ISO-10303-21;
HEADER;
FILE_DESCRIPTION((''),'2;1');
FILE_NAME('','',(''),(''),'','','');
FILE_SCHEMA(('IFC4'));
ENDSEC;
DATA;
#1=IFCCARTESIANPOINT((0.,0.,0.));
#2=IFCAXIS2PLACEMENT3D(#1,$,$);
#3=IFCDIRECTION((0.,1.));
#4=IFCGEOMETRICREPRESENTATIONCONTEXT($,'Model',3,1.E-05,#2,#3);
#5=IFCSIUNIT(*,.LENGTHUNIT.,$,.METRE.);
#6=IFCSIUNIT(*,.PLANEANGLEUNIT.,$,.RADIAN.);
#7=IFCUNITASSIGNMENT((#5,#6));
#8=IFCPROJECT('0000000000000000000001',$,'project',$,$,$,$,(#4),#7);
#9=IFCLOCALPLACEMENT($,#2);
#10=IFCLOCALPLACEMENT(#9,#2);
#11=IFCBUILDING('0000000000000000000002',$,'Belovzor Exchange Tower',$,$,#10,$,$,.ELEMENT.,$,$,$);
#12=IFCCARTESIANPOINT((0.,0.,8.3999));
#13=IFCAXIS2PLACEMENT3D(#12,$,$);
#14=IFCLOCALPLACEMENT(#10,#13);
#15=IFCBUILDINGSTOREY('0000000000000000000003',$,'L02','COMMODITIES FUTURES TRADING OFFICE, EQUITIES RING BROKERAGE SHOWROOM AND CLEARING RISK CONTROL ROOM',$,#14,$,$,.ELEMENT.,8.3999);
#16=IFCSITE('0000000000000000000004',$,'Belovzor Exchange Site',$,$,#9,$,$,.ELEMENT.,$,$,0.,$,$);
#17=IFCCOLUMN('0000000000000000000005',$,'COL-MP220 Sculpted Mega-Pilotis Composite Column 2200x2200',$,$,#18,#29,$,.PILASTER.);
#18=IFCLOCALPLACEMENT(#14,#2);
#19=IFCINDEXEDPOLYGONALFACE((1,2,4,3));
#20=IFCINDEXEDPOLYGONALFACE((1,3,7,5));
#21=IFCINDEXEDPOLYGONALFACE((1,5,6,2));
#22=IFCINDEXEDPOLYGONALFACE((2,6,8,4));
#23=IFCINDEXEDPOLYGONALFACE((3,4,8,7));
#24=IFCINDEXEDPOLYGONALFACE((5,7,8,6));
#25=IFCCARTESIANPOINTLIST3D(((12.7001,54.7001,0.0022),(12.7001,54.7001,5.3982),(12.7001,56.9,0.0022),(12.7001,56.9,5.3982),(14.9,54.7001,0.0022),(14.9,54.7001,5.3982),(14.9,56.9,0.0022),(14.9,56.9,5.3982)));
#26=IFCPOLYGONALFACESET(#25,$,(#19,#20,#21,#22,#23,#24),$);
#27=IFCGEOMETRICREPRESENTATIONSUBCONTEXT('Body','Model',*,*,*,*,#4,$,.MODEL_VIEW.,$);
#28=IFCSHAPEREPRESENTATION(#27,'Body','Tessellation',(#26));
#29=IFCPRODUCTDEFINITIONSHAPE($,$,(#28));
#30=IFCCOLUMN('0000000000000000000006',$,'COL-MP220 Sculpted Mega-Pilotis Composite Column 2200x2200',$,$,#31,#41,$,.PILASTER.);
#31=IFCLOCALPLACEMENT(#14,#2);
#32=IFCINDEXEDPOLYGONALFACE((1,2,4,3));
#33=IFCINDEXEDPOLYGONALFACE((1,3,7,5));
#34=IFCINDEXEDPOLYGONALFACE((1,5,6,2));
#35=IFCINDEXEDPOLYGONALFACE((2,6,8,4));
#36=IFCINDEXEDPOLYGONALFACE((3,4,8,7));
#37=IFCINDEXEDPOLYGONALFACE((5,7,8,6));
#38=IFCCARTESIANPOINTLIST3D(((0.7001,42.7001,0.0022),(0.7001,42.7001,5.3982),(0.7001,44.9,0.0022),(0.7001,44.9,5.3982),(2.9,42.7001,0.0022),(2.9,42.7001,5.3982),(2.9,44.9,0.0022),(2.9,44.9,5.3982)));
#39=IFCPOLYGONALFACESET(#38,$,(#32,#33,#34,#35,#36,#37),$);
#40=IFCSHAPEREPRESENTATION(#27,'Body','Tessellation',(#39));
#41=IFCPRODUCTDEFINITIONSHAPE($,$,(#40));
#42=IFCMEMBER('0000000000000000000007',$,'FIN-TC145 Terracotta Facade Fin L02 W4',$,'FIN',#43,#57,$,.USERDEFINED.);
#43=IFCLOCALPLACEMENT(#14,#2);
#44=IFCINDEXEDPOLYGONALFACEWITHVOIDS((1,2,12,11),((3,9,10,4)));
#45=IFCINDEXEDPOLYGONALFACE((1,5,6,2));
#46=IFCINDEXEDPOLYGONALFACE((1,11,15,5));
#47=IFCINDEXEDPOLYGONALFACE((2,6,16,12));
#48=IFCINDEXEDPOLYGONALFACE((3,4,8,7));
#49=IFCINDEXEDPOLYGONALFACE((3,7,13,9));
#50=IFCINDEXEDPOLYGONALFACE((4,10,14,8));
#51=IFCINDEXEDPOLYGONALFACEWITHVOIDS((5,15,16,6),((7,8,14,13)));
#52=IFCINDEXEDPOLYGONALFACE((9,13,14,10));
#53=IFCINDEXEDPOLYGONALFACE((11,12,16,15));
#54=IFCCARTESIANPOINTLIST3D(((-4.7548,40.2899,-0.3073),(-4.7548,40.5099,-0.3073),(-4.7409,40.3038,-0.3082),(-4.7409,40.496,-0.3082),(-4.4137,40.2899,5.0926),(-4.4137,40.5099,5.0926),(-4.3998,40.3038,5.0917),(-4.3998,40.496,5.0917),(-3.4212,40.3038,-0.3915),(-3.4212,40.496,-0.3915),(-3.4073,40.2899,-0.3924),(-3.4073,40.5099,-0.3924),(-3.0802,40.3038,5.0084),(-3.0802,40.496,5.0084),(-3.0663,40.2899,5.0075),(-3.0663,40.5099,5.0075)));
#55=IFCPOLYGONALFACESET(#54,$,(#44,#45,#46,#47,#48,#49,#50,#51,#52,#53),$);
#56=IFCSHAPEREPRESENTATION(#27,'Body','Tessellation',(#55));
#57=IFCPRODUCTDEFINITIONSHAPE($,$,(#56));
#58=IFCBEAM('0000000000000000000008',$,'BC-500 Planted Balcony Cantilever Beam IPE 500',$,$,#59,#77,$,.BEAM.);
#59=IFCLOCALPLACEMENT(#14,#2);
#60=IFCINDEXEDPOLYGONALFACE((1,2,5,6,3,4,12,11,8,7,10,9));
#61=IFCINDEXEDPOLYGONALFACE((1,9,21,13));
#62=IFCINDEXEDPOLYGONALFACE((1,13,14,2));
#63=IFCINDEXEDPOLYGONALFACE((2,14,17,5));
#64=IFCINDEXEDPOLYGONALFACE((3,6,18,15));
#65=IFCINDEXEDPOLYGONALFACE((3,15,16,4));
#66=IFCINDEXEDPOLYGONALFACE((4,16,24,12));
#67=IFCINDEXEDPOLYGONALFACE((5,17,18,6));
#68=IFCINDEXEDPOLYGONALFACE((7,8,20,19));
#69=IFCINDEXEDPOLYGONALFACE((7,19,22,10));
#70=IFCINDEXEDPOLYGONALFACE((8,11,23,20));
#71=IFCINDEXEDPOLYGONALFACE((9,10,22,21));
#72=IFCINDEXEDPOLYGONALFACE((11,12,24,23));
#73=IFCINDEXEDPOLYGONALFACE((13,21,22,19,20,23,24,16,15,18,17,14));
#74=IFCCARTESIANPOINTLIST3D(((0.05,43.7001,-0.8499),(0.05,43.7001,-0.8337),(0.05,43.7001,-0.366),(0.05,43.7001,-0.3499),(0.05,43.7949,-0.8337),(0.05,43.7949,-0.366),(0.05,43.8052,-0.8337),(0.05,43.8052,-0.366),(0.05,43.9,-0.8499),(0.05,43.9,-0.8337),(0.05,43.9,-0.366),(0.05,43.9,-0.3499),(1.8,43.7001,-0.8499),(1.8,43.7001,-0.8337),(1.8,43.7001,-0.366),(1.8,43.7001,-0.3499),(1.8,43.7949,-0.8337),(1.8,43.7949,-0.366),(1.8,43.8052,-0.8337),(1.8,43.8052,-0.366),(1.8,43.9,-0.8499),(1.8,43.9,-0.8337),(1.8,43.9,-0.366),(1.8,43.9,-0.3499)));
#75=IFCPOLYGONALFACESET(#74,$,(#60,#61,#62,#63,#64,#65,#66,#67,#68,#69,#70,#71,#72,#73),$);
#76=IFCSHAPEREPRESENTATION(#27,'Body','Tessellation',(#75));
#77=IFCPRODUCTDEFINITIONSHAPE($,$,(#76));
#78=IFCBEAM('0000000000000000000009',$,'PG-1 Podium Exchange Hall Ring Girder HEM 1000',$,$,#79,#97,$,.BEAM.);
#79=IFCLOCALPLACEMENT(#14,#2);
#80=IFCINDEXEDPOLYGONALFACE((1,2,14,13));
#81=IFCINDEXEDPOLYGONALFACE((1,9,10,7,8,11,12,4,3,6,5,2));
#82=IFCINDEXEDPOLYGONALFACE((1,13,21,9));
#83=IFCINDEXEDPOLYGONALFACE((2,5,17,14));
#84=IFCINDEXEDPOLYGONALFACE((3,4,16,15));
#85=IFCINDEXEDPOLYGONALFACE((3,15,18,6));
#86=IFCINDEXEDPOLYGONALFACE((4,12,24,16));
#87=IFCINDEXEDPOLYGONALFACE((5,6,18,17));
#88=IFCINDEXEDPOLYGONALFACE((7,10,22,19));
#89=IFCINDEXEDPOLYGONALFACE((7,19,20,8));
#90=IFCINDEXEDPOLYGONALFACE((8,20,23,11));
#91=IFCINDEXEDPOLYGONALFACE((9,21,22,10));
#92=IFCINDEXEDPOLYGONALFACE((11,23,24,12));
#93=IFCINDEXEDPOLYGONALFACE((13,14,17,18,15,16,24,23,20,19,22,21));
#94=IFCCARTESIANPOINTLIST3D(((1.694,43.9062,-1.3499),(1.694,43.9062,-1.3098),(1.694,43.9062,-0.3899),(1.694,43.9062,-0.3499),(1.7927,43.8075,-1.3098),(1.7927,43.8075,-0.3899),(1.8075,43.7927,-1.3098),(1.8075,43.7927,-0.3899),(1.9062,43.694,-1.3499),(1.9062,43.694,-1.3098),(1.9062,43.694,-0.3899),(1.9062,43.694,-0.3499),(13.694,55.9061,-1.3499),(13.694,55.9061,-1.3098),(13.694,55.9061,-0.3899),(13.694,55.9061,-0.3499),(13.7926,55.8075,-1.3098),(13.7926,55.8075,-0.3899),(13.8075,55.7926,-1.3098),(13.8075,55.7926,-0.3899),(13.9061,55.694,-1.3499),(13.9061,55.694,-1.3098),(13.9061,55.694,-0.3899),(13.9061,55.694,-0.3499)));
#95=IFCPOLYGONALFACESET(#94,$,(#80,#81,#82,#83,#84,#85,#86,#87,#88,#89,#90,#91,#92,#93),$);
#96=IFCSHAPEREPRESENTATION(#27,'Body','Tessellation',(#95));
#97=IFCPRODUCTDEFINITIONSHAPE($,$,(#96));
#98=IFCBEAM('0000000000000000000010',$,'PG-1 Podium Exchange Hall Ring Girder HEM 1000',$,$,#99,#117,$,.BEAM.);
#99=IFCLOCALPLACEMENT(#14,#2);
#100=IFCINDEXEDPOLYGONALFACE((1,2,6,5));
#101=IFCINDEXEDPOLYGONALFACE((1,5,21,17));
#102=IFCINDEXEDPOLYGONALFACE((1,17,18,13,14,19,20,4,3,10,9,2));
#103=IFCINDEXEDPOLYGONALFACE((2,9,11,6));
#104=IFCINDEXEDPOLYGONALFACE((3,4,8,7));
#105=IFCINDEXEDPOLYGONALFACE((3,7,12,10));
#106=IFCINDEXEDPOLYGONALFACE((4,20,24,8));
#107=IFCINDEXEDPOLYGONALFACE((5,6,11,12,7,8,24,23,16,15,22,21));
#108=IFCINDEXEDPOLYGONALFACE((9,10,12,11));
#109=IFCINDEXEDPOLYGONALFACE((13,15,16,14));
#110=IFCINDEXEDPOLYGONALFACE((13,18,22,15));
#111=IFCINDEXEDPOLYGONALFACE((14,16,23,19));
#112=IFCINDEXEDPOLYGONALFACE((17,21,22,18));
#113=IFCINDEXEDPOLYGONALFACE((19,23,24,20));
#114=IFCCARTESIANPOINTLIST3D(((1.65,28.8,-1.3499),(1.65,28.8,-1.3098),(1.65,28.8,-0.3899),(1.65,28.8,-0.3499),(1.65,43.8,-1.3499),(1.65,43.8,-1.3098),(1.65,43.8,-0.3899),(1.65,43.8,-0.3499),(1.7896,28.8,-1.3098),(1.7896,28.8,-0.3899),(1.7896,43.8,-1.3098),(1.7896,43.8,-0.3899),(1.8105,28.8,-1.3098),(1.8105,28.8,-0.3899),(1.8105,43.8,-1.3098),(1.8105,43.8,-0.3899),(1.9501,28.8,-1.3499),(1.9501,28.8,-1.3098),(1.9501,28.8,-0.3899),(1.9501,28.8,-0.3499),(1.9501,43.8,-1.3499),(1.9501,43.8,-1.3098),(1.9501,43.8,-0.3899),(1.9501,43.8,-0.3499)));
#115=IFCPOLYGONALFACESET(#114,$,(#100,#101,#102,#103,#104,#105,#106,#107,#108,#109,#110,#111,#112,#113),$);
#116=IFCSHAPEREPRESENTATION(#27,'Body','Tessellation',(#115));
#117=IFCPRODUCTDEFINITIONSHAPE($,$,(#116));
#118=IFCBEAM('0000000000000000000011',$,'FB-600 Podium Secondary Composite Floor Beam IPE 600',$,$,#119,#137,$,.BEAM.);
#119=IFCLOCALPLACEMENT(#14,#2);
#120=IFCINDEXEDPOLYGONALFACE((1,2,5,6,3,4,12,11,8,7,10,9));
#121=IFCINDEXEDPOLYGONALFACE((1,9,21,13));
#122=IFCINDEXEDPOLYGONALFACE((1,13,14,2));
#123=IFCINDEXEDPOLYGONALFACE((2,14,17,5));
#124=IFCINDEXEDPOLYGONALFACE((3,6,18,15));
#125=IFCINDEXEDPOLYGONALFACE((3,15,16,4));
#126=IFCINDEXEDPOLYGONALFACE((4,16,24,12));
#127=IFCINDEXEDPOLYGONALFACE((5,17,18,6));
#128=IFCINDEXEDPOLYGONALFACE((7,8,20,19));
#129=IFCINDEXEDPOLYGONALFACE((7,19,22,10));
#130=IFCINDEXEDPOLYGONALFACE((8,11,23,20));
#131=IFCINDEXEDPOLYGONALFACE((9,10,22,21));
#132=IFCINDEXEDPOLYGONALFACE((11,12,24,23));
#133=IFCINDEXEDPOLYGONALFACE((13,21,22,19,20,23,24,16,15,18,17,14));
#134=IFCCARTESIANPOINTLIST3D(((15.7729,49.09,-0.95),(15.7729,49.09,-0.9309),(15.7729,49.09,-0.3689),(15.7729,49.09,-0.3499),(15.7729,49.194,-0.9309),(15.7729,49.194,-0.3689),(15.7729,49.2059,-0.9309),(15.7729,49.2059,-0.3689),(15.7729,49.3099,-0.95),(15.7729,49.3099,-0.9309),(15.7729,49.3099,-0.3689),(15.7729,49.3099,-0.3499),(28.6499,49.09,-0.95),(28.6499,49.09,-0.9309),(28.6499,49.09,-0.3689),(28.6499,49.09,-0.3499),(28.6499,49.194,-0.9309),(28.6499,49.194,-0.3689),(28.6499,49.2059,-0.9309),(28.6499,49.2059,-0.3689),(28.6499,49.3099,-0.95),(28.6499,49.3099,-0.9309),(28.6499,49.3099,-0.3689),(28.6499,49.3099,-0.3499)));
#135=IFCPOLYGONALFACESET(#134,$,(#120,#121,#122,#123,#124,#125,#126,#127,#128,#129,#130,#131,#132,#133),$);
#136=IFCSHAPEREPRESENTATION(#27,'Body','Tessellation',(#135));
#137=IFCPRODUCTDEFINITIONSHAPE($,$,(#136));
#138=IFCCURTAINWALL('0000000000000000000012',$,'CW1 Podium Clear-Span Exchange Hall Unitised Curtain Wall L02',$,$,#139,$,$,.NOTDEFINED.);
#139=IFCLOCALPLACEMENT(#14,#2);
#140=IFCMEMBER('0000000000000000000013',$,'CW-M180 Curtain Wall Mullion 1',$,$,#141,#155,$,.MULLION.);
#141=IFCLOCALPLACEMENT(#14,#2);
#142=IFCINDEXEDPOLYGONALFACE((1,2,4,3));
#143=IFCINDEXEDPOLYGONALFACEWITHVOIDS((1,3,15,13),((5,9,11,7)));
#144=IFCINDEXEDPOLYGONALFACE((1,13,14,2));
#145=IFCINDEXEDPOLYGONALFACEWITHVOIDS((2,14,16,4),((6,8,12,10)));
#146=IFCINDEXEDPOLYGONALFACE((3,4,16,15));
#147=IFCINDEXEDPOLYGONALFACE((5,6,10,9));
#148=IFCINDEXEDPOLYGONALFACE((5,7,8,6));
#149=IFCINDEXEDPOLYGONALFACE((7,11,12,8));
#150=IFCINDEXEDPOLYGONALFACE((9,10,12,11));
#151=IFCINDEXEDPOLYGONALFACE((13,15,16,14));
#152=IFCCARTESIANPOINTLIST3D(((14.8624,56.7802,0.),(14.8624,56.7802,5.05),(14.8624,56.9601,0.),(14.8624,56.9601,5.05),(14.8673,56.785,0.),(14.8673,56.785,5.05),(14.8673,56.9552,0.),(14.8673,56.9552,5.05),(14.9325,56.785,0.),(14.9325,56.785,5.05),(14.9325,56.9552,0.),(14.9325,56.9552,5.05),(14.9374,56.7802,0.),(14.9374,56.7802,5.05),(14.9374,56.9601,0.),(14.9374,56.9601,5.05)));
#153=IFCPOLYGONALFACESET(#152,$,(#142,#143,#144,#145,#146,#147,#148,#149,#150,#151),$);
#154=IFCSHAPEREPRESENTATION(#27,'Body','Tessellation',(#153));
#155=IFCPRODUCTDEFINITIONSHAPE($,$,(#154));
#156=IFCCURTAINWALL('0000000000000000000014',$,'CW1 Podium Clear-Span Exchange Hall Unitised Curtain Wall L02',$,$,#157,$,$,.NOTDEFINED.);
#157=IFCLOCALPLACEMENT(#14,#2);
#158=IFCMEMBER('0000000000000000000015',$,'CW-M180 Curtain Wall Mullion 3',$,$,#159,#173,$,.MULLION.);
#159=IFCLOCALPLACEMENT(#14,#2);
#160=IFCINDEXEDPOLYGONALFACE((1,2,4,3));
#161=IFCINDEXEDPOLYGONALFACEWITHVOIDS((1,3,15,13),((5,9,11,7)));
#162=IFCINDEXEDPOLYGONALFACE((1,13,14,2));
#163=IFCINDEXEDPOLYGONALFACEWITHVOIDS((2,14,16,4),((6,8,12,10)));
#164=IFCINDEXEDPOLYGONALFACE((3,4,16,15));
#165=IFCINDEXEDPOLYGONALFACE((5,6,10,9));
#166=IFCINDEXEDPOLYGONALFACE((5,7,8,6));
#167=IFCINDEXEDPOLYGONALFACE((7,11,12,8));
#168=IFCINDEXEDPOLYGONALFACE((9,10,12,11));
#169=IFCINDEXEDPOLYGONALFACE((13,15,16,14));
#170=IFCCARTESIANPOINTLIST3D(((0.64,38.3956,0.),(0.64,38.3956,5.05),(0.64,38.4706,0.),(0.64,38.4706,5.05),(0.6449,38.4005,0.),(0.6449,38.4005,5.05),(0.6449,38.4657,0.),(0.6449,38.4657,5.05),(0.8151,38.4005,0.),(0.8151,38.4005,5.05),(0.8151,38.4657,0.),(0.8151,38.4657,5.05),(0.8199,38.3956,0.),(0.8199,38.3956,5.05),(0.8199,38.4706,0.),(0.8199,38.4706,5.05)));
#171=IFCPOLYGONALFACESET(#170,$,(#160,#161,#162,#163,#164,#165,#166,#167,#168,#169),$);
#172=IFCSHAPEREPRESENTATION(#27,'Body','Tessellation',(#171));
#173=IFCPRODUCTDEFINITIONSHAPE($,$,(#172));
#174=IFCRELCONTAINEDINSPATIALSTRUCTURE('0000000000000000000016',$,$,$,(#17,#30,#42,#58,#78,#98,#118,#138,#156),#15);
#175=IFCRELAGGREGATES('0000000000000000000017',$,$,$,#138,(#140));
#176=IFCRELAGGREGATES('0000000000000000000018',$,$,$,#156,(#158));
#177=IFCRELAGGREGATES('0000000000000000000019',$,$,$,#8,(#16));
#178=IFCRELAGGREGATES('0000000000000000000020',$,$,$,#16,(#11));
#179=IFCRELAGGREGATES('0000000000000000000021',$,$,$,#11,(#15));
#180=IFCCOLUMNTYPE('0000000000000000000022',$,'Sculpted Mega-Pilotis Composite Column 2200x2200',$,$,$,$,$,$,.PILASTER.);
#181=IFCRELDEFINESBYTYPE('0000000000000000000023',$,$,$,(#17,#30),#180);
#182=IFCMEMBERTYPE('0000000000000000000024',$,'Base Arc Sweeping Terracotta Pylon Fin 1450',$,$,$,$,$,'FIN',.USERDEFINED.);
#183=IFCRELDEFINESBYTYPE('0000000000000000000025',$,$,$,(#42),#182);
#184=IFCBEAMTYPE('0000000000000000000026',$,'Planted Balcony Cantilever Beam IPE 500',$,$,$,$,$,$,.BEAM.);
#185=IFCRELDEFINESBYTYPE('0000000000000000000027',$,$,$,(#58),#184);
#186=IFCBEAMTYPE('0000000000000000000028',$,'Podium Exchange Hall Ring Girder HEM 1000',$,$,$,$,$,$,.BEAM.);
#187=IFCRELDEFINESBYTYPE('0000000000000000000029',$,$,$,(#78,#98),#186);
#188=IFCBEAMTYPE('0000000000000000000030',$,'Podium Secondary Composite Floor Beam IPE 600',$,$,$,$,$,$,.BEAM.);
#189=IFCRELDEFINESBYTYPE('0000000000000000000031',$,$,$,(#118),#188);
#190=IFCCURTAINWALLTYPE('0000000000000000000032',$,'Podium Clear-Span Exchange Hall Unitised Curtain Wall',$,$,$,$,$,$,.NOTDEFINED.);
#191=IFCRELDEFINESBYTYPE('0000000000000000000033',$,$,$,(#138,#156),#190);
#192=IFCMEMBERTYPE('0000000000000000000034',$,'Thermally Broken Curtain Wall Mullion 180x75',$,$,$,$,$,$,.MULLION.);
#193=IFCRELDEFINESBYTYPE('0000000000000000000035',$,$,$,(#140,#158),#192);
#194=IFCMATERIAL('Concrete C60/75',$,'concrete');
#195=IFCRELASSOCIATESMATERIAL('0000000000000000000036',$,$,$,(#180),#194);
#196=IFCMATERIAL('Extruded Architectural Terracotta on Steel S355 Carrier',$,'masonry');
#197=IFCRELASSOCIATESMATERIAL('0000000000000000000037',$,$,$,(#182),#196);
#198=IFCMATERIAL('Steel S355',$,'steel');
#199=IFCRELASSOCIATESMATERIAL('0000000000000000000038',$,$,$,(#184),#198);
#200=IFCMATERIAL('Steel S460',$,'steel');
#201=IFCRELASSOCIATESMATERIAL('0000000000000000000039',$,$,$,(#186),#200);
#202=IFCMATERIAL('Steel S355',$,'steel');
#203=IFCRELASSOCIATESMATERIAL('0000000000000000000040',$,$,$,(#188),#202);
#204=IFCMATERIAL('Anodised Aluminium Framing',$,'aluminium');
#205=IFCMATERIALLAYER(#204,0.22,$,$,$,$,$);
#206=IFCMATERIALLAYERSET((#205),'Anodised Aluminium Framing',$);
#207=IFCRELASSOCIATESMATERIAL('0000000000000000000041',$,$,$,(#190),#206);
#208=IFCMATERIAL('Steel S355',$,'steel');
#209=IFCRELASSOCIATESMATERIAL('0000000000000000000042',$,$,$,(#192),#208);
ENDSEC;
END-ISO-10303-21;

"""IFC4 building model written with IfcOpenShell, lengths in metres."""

from ifc_helpers import new_model, si_unit, direction, frame, origin, origin_2d, place, context, subcontext, project, spatial, rectangle, hollow_rectangle, i_section, extrude, material, layer, layer_set, material_profile, profile_set, type_object, element, aggregate, save


model = new_model("IFC4")

# Units and contexts
model_context = context("Model", 3, precision=1e-05, world=origin(), true_north=direction((0.0, 1.0)))
body_context = subcontext(model_context, "Body", "Model", "MODEL_VIEW")
ifc_project = project(units=[si_unit("LENGTHUNIT", "METRE"), si_unit("PLANEANGLEUNIT", "RADIAN")], contexts=[model_context])

# Site, building, storey
site_placement = place(None, origin())
site = spatial("IfcSite", under=ifc_project, at=site_placement, Name="Belovzor Exchange Site", CompositionType="ELEMENT", RefElevation=0.0)
building_placement = place(site_placement, origin())
building = spatial("IfcBuilding", under=site, at=building_placement, Name="Belovzor Exchange Tower", CompositionType="ELEMENT")
storey_placement = place(building_placement, frame((0.0, 0.0, 8.3999)))
storey = spatial("IfcBuildingStorey", under=building, at=storey_placement, Name="L02", Description="COMMODITIES FUTURES TRADING OFFICE, EQUITIES RING BROKERAGE SHOWROOM AND CLEARING RISK CONTROL ROOM", CompositionType="ELEMENT", Elevation=8.3999)

# Columns
ifc_material_1 = material(Name="Concrete C60/75", Category="concrete")
ifc_material_profile_1 = material_profile(ifc_material_1, rectangle(XDim=2.2, YDim=2.2, at=origin_2d()))
ifc_profile_set_1 = profile_set([ifc_material_profile_1], Name="Concrete C60/75")
column_type = type_object("IfcColumnType", Name="Sculpted Mega-Pilotis Composite Column 2200x2200", PredefinedType="PILASTER", material=ifc_profile_set_1)
for number, where, z_axis, x_axis, name in (
    (1, (13.8, 55.8, 0.0022), (0.0, 0.0, 1.0), (1.0, 0.0, 0.0), "COL-MP220 Sculpted Mega-Pilotis Composite Column 2200x2200"),
    (2, (1.8, 43.8, 0.0022), (0.0, 0.0, 1.0), (1.0, 0.0, 0.0), "COL-MP220 Sculpted Mega-Pilotis Composite Column 2200x2200"),
):
    element("IfcColumn", number, at=place(storey_placement, frame(where, z_axis=z_axis, x_axis=x_axis)), inside=storey, type_object=column_type, Name=name, PredefinedType="PILASTER", context=body_context, shape_type="SweptSolid", body=[
        extrude(rectangle(XDim=2.2, YDim=2.2, at=origin_2d()), origin(), (0.0, 0.0, 1.0), 5.396),
    ])

# Member
ifc_material_2 = material(Name="Extruded Architectural Terracotta on Steel S355 Carrier", Category="masonry")
ifc_material_profile_2 = material_profile(ifc_material_2, hollow_rectangle(XDim=0.22, YDim=1.3501, WallThickness=0.0139, at=origin_2d()))
ifc_profile_set_2 = profile_set([ifc_material_profile_2], Name="Extruded Architectural Terracotta on Steel S355 Carrier")
member_type_1 = type_object("IfcMemberType", Name="Base Arc Sweeping Terracotta Pylon Fin 1450", ElementType="FIN", PredefinedType="USERDEFINED", material=ifc_profile_set_2)
member_1_placement = place(storey_placement, frame((-4.0811, 40.3999, -0.3499), z_axis=(0.063036, 0.0, 0.998011), x_axis=(0.0, 1.0, 0.0)))
element("IfcMember", 3, at=member_1_placement, inside=storey, type_object=member_type_1, Name="FIN-TC145 Terracotta Facade Fin L02 W4", ObjectType="FIN", PredefinedType="USERDEFINED", context=body_context, shape_type="SweptSolid", body=[
    extrude(hollow_rectangle(XDim=0.22, YDim=1.3501, WallThickness=0.0139, at=origin_2d()), origin(), (0.0, 0.0, 1.0), 5.4106),
])

# Beams
ifc_material_3 = material(Name="Steel S355", Category="steel")
ifc_material_profile_3 = material_profile(ifc_material_3, i_section(OverallWidth=0.2, OverallDepth=0.5, WebThickness=0.0103, FlangeThickness=0.0161, at=origin_2d()))
ifc_profile_set_3 = profile_set([ifc_material_profile_3], Name="Steel S355")
beam_type_1 = type_object("IfcBeamType", Name="Planted Balcony Cantilever Beam IPE 500", PredefinedType="BEAM", material=ifc_profile_set_3)
beam_1_placement = place(storey_placement, frame((1.8, 43.8, -0.5999), z_axis=(-1.0, 0.0, 0.0), x_axis=(0.0, -1.0, 0.0)))
element("IfcBeam", 4, at=beam_1_placement, inside=storey, type_object=beam_type_1, Name="BC-500 Planted Balcony Cantilever Beam IPE 500", PredefinedType="BEAM", context=body_context, shape_type="SweptSolid", body=[
    extrude(i_section(OverallWidth=0.2, OverallDepth=0.5, WebThickness=0.0103, FlangeThickness=0.0161, at=origin_2d()), origin(), (0.0, 0.0, 1.0), 1.75),
])
ifc_material_4 = material(Name="Steel S460", Category="steel")
ifc_material_profile_4 = material_profile(ifc_material_4, i_section(OverallWidth=0.3, OverallDepth=1.0, WebThickness=0.021, FlangeThickness=0.04, at=origin_2d()))
ifc_profile_set_4 = profile_set([ifc_material_profile_4], Name="Steel S460")
beam_type_2 = type_object("IfcBeamType", Name="Podium Exchange Hall Ring Girder HEM 1000", PredefinedType="BEAM", material=ifc_profile_set_4)
beam_2_placement = place(storey_placement, frame((13.8, 55.8, -0.8499), z_axis=(-0.707107, -0.707107, 0.0), x_axis=(0.707107, -0.707107, 0.0)))
element("IfcBeam", 5, at=beam_2_placement, inside=storey, type_object=beam_type_2, Name="PG-1 Podium Exchange Hall Ring Girder HEM 1000", PredefinedType="BEAM", context=body_context, shape_type="SweptSolid", body=[
    extrude(i_section(OverallWidth=0.3, OverallDepth=1.0, WebThickness=0.021, FlangeThickness=0.04, at=origin_2d()), origin(), (0.0, 0.0, 1.0), 16.9705),
])
beam_3_placement = place(storey_placement, frame((1.8, 43.8, -0.8499), z_axis=(0.0, -1.0, 0.0), x_axis=(1.0, 0.0, 0.0)))
element("IfcBeam", 6, at=beam_3_placement, inside=storey, type_object=beam_type_2, Name="PG-1 Podium Exchange Hall Ring Girder HEM 1000", PredefinedType="BEAM", context=body_context, shape_type="SweptSolid", body=[
    extrude(i_section(OverallWidth=0.3, OverallDepth=1.0, WebThickness=0.021, FlangeThickness=0.04, at=origin_2d()), origin(), (0.0, 0.0, 1.0), 15.0),
])
ifc_material_5 = material(Name="Steel S355", Category="steel")
ifc_material_profile_5 = material_profile(ifc_material_5, i_section(OverallWidth=0.22, OverallDepth=0.6001, WebThickness=0.012, FlangeThickness=0.019, at=origin_2d()))
ifc_profile_set_5 = profile_set([ifc_material_profile_5], Name="Steel S355")
beam_type_3 = type_object("IfcBeamType", Name="Podium Secondary Composite Floor Beam IPE 600", PredefinedType="BEAM", material=ifc_profile_set_5)
beam_4_placement = place(storey_placement, frame((15.7729, 49.2, -0.6499), z_axis=(1.0, 0.0, 0.0), x_axis=(0.0, 1.0, 0.0)))
element("IfcBeam", 7, at=beam_4_placement, inside=storey, type_object=beam_type_3, Name="FB-600 Podium Secondary Composite Floor Beam IPE 600", PredefinedType="BEAM", context=body_context, shape_type="SweptSolid", body=[
    extrude(i_section(OverallWidth=0.22, OverallDepth=0.6001, WebThickness=0.012, FlangeThickness=0.019, at=origin_2d()), origin(), (0.0, 0.0, 1.0), 12.877),
])

# Curtain wall, member
ifc_material_6 = material(Name="Anodised Aluminium Framing", Category="aluminium")
ifc_layer_1 = layer(ifc_material_6, 0.22)
ifc_layer_set_1 = layer_set([ifc_layer_1], Name="Anodised Aluminium Framing")
curtain_wall_type = type_object("IfcCurtainWallType", Name="Podium Clear-Span Exchange Hall Unitised Curtain Wall", PredefinedType="NOTDEFINED", material=ifc_layer_set_1)
curtain_wall_1_placement = place(storey_placement, origin())
curtain_wall_1 = element("IfcCurtainWall", 8, at=curtain_wall_1_placement, inside=storey, type_object=curtain_wall_type, Name="CW1 Podium Clear-Span Exchange Hall Unitised Curtain Wall L02", PredefinedType="NOTDEFINED")
ifc_material_7 = material(Name="Steel S355", Category="steel")
ifc_material_profile_6 = material_profile(ifc_material_7, hollow_rectangle(XDim=0.075, YDim=0.1799, WallThickness=0.0049, at=origin_2d()))
ifc_profile_set_6 = profile_set([ifc_material_profile_6], Name="Steel S355")
member_type_2 = type_object("IfcMemberType", Name="Thermally Broken Curtain Wall Mullion 180x75", PredefinedType="MULLION", material=ifc_profile_set_6)
member_2_placement = place(storey_placement, frame((14.8999, 56.8701, 0.0), z_axis=(0.0, 0.0, 1.0), x_axis=(1.0, 0.0, 0.0)))
member_2 = element("IfcMember", 9, at=member_2_placement, type_object=member_type_2, Name="CW-M180 Curtain Wall Mullion 1", PredefinedType="MULLION", context=body_context, shape_type="SweptSolid", body=[
    extrude(hollow_rectangle(XDim=0.075, YDim=0.1799, WallThickness=0.0049, at=origin_2d()), origin(), (0.0, 0.0, 1.0), 5.05),
])

# Curtain wall, member
curtain_wall_2_placement = place(storey_placement, origin())
curtain_wall_2 = element("IfcCurtainWall", 10, at=curtain_wall_2_placement, inside=storey, type_object=curtain_wall_type, Name="CW1 Podium Clear-Span Exchange Hall Unitised Curtain Wall L02", PredefinedType="NOTDEFINED")
member_3_placement = place(storey_placement, frame((0.73, 38.4331, 0.0), z_axis=(0.0, 0.0, 1.0), x_axis=(0.0, 1.0, 0.0)))
member_3 = element("IfcMember", 11, at=member_3_placement, type_object=member_type_2, Name="CW-M180 Curtain Wall Mullion 3", PredefinedType="MULLION", context=body_context, shape_type="SweptSolid", body=[
    extrude(hollow_rectangle(XDim=0.075, YDim=0.1799, WallThickness=0.0049, at=origin_2d()), origin(), (0.0, 0.0, 1.0), 5.05),
])

aggregate(curtain_wall_1, [member_2])

aggregate(curtain_wall_2, [member_3])

save(model, "model.ifc")
